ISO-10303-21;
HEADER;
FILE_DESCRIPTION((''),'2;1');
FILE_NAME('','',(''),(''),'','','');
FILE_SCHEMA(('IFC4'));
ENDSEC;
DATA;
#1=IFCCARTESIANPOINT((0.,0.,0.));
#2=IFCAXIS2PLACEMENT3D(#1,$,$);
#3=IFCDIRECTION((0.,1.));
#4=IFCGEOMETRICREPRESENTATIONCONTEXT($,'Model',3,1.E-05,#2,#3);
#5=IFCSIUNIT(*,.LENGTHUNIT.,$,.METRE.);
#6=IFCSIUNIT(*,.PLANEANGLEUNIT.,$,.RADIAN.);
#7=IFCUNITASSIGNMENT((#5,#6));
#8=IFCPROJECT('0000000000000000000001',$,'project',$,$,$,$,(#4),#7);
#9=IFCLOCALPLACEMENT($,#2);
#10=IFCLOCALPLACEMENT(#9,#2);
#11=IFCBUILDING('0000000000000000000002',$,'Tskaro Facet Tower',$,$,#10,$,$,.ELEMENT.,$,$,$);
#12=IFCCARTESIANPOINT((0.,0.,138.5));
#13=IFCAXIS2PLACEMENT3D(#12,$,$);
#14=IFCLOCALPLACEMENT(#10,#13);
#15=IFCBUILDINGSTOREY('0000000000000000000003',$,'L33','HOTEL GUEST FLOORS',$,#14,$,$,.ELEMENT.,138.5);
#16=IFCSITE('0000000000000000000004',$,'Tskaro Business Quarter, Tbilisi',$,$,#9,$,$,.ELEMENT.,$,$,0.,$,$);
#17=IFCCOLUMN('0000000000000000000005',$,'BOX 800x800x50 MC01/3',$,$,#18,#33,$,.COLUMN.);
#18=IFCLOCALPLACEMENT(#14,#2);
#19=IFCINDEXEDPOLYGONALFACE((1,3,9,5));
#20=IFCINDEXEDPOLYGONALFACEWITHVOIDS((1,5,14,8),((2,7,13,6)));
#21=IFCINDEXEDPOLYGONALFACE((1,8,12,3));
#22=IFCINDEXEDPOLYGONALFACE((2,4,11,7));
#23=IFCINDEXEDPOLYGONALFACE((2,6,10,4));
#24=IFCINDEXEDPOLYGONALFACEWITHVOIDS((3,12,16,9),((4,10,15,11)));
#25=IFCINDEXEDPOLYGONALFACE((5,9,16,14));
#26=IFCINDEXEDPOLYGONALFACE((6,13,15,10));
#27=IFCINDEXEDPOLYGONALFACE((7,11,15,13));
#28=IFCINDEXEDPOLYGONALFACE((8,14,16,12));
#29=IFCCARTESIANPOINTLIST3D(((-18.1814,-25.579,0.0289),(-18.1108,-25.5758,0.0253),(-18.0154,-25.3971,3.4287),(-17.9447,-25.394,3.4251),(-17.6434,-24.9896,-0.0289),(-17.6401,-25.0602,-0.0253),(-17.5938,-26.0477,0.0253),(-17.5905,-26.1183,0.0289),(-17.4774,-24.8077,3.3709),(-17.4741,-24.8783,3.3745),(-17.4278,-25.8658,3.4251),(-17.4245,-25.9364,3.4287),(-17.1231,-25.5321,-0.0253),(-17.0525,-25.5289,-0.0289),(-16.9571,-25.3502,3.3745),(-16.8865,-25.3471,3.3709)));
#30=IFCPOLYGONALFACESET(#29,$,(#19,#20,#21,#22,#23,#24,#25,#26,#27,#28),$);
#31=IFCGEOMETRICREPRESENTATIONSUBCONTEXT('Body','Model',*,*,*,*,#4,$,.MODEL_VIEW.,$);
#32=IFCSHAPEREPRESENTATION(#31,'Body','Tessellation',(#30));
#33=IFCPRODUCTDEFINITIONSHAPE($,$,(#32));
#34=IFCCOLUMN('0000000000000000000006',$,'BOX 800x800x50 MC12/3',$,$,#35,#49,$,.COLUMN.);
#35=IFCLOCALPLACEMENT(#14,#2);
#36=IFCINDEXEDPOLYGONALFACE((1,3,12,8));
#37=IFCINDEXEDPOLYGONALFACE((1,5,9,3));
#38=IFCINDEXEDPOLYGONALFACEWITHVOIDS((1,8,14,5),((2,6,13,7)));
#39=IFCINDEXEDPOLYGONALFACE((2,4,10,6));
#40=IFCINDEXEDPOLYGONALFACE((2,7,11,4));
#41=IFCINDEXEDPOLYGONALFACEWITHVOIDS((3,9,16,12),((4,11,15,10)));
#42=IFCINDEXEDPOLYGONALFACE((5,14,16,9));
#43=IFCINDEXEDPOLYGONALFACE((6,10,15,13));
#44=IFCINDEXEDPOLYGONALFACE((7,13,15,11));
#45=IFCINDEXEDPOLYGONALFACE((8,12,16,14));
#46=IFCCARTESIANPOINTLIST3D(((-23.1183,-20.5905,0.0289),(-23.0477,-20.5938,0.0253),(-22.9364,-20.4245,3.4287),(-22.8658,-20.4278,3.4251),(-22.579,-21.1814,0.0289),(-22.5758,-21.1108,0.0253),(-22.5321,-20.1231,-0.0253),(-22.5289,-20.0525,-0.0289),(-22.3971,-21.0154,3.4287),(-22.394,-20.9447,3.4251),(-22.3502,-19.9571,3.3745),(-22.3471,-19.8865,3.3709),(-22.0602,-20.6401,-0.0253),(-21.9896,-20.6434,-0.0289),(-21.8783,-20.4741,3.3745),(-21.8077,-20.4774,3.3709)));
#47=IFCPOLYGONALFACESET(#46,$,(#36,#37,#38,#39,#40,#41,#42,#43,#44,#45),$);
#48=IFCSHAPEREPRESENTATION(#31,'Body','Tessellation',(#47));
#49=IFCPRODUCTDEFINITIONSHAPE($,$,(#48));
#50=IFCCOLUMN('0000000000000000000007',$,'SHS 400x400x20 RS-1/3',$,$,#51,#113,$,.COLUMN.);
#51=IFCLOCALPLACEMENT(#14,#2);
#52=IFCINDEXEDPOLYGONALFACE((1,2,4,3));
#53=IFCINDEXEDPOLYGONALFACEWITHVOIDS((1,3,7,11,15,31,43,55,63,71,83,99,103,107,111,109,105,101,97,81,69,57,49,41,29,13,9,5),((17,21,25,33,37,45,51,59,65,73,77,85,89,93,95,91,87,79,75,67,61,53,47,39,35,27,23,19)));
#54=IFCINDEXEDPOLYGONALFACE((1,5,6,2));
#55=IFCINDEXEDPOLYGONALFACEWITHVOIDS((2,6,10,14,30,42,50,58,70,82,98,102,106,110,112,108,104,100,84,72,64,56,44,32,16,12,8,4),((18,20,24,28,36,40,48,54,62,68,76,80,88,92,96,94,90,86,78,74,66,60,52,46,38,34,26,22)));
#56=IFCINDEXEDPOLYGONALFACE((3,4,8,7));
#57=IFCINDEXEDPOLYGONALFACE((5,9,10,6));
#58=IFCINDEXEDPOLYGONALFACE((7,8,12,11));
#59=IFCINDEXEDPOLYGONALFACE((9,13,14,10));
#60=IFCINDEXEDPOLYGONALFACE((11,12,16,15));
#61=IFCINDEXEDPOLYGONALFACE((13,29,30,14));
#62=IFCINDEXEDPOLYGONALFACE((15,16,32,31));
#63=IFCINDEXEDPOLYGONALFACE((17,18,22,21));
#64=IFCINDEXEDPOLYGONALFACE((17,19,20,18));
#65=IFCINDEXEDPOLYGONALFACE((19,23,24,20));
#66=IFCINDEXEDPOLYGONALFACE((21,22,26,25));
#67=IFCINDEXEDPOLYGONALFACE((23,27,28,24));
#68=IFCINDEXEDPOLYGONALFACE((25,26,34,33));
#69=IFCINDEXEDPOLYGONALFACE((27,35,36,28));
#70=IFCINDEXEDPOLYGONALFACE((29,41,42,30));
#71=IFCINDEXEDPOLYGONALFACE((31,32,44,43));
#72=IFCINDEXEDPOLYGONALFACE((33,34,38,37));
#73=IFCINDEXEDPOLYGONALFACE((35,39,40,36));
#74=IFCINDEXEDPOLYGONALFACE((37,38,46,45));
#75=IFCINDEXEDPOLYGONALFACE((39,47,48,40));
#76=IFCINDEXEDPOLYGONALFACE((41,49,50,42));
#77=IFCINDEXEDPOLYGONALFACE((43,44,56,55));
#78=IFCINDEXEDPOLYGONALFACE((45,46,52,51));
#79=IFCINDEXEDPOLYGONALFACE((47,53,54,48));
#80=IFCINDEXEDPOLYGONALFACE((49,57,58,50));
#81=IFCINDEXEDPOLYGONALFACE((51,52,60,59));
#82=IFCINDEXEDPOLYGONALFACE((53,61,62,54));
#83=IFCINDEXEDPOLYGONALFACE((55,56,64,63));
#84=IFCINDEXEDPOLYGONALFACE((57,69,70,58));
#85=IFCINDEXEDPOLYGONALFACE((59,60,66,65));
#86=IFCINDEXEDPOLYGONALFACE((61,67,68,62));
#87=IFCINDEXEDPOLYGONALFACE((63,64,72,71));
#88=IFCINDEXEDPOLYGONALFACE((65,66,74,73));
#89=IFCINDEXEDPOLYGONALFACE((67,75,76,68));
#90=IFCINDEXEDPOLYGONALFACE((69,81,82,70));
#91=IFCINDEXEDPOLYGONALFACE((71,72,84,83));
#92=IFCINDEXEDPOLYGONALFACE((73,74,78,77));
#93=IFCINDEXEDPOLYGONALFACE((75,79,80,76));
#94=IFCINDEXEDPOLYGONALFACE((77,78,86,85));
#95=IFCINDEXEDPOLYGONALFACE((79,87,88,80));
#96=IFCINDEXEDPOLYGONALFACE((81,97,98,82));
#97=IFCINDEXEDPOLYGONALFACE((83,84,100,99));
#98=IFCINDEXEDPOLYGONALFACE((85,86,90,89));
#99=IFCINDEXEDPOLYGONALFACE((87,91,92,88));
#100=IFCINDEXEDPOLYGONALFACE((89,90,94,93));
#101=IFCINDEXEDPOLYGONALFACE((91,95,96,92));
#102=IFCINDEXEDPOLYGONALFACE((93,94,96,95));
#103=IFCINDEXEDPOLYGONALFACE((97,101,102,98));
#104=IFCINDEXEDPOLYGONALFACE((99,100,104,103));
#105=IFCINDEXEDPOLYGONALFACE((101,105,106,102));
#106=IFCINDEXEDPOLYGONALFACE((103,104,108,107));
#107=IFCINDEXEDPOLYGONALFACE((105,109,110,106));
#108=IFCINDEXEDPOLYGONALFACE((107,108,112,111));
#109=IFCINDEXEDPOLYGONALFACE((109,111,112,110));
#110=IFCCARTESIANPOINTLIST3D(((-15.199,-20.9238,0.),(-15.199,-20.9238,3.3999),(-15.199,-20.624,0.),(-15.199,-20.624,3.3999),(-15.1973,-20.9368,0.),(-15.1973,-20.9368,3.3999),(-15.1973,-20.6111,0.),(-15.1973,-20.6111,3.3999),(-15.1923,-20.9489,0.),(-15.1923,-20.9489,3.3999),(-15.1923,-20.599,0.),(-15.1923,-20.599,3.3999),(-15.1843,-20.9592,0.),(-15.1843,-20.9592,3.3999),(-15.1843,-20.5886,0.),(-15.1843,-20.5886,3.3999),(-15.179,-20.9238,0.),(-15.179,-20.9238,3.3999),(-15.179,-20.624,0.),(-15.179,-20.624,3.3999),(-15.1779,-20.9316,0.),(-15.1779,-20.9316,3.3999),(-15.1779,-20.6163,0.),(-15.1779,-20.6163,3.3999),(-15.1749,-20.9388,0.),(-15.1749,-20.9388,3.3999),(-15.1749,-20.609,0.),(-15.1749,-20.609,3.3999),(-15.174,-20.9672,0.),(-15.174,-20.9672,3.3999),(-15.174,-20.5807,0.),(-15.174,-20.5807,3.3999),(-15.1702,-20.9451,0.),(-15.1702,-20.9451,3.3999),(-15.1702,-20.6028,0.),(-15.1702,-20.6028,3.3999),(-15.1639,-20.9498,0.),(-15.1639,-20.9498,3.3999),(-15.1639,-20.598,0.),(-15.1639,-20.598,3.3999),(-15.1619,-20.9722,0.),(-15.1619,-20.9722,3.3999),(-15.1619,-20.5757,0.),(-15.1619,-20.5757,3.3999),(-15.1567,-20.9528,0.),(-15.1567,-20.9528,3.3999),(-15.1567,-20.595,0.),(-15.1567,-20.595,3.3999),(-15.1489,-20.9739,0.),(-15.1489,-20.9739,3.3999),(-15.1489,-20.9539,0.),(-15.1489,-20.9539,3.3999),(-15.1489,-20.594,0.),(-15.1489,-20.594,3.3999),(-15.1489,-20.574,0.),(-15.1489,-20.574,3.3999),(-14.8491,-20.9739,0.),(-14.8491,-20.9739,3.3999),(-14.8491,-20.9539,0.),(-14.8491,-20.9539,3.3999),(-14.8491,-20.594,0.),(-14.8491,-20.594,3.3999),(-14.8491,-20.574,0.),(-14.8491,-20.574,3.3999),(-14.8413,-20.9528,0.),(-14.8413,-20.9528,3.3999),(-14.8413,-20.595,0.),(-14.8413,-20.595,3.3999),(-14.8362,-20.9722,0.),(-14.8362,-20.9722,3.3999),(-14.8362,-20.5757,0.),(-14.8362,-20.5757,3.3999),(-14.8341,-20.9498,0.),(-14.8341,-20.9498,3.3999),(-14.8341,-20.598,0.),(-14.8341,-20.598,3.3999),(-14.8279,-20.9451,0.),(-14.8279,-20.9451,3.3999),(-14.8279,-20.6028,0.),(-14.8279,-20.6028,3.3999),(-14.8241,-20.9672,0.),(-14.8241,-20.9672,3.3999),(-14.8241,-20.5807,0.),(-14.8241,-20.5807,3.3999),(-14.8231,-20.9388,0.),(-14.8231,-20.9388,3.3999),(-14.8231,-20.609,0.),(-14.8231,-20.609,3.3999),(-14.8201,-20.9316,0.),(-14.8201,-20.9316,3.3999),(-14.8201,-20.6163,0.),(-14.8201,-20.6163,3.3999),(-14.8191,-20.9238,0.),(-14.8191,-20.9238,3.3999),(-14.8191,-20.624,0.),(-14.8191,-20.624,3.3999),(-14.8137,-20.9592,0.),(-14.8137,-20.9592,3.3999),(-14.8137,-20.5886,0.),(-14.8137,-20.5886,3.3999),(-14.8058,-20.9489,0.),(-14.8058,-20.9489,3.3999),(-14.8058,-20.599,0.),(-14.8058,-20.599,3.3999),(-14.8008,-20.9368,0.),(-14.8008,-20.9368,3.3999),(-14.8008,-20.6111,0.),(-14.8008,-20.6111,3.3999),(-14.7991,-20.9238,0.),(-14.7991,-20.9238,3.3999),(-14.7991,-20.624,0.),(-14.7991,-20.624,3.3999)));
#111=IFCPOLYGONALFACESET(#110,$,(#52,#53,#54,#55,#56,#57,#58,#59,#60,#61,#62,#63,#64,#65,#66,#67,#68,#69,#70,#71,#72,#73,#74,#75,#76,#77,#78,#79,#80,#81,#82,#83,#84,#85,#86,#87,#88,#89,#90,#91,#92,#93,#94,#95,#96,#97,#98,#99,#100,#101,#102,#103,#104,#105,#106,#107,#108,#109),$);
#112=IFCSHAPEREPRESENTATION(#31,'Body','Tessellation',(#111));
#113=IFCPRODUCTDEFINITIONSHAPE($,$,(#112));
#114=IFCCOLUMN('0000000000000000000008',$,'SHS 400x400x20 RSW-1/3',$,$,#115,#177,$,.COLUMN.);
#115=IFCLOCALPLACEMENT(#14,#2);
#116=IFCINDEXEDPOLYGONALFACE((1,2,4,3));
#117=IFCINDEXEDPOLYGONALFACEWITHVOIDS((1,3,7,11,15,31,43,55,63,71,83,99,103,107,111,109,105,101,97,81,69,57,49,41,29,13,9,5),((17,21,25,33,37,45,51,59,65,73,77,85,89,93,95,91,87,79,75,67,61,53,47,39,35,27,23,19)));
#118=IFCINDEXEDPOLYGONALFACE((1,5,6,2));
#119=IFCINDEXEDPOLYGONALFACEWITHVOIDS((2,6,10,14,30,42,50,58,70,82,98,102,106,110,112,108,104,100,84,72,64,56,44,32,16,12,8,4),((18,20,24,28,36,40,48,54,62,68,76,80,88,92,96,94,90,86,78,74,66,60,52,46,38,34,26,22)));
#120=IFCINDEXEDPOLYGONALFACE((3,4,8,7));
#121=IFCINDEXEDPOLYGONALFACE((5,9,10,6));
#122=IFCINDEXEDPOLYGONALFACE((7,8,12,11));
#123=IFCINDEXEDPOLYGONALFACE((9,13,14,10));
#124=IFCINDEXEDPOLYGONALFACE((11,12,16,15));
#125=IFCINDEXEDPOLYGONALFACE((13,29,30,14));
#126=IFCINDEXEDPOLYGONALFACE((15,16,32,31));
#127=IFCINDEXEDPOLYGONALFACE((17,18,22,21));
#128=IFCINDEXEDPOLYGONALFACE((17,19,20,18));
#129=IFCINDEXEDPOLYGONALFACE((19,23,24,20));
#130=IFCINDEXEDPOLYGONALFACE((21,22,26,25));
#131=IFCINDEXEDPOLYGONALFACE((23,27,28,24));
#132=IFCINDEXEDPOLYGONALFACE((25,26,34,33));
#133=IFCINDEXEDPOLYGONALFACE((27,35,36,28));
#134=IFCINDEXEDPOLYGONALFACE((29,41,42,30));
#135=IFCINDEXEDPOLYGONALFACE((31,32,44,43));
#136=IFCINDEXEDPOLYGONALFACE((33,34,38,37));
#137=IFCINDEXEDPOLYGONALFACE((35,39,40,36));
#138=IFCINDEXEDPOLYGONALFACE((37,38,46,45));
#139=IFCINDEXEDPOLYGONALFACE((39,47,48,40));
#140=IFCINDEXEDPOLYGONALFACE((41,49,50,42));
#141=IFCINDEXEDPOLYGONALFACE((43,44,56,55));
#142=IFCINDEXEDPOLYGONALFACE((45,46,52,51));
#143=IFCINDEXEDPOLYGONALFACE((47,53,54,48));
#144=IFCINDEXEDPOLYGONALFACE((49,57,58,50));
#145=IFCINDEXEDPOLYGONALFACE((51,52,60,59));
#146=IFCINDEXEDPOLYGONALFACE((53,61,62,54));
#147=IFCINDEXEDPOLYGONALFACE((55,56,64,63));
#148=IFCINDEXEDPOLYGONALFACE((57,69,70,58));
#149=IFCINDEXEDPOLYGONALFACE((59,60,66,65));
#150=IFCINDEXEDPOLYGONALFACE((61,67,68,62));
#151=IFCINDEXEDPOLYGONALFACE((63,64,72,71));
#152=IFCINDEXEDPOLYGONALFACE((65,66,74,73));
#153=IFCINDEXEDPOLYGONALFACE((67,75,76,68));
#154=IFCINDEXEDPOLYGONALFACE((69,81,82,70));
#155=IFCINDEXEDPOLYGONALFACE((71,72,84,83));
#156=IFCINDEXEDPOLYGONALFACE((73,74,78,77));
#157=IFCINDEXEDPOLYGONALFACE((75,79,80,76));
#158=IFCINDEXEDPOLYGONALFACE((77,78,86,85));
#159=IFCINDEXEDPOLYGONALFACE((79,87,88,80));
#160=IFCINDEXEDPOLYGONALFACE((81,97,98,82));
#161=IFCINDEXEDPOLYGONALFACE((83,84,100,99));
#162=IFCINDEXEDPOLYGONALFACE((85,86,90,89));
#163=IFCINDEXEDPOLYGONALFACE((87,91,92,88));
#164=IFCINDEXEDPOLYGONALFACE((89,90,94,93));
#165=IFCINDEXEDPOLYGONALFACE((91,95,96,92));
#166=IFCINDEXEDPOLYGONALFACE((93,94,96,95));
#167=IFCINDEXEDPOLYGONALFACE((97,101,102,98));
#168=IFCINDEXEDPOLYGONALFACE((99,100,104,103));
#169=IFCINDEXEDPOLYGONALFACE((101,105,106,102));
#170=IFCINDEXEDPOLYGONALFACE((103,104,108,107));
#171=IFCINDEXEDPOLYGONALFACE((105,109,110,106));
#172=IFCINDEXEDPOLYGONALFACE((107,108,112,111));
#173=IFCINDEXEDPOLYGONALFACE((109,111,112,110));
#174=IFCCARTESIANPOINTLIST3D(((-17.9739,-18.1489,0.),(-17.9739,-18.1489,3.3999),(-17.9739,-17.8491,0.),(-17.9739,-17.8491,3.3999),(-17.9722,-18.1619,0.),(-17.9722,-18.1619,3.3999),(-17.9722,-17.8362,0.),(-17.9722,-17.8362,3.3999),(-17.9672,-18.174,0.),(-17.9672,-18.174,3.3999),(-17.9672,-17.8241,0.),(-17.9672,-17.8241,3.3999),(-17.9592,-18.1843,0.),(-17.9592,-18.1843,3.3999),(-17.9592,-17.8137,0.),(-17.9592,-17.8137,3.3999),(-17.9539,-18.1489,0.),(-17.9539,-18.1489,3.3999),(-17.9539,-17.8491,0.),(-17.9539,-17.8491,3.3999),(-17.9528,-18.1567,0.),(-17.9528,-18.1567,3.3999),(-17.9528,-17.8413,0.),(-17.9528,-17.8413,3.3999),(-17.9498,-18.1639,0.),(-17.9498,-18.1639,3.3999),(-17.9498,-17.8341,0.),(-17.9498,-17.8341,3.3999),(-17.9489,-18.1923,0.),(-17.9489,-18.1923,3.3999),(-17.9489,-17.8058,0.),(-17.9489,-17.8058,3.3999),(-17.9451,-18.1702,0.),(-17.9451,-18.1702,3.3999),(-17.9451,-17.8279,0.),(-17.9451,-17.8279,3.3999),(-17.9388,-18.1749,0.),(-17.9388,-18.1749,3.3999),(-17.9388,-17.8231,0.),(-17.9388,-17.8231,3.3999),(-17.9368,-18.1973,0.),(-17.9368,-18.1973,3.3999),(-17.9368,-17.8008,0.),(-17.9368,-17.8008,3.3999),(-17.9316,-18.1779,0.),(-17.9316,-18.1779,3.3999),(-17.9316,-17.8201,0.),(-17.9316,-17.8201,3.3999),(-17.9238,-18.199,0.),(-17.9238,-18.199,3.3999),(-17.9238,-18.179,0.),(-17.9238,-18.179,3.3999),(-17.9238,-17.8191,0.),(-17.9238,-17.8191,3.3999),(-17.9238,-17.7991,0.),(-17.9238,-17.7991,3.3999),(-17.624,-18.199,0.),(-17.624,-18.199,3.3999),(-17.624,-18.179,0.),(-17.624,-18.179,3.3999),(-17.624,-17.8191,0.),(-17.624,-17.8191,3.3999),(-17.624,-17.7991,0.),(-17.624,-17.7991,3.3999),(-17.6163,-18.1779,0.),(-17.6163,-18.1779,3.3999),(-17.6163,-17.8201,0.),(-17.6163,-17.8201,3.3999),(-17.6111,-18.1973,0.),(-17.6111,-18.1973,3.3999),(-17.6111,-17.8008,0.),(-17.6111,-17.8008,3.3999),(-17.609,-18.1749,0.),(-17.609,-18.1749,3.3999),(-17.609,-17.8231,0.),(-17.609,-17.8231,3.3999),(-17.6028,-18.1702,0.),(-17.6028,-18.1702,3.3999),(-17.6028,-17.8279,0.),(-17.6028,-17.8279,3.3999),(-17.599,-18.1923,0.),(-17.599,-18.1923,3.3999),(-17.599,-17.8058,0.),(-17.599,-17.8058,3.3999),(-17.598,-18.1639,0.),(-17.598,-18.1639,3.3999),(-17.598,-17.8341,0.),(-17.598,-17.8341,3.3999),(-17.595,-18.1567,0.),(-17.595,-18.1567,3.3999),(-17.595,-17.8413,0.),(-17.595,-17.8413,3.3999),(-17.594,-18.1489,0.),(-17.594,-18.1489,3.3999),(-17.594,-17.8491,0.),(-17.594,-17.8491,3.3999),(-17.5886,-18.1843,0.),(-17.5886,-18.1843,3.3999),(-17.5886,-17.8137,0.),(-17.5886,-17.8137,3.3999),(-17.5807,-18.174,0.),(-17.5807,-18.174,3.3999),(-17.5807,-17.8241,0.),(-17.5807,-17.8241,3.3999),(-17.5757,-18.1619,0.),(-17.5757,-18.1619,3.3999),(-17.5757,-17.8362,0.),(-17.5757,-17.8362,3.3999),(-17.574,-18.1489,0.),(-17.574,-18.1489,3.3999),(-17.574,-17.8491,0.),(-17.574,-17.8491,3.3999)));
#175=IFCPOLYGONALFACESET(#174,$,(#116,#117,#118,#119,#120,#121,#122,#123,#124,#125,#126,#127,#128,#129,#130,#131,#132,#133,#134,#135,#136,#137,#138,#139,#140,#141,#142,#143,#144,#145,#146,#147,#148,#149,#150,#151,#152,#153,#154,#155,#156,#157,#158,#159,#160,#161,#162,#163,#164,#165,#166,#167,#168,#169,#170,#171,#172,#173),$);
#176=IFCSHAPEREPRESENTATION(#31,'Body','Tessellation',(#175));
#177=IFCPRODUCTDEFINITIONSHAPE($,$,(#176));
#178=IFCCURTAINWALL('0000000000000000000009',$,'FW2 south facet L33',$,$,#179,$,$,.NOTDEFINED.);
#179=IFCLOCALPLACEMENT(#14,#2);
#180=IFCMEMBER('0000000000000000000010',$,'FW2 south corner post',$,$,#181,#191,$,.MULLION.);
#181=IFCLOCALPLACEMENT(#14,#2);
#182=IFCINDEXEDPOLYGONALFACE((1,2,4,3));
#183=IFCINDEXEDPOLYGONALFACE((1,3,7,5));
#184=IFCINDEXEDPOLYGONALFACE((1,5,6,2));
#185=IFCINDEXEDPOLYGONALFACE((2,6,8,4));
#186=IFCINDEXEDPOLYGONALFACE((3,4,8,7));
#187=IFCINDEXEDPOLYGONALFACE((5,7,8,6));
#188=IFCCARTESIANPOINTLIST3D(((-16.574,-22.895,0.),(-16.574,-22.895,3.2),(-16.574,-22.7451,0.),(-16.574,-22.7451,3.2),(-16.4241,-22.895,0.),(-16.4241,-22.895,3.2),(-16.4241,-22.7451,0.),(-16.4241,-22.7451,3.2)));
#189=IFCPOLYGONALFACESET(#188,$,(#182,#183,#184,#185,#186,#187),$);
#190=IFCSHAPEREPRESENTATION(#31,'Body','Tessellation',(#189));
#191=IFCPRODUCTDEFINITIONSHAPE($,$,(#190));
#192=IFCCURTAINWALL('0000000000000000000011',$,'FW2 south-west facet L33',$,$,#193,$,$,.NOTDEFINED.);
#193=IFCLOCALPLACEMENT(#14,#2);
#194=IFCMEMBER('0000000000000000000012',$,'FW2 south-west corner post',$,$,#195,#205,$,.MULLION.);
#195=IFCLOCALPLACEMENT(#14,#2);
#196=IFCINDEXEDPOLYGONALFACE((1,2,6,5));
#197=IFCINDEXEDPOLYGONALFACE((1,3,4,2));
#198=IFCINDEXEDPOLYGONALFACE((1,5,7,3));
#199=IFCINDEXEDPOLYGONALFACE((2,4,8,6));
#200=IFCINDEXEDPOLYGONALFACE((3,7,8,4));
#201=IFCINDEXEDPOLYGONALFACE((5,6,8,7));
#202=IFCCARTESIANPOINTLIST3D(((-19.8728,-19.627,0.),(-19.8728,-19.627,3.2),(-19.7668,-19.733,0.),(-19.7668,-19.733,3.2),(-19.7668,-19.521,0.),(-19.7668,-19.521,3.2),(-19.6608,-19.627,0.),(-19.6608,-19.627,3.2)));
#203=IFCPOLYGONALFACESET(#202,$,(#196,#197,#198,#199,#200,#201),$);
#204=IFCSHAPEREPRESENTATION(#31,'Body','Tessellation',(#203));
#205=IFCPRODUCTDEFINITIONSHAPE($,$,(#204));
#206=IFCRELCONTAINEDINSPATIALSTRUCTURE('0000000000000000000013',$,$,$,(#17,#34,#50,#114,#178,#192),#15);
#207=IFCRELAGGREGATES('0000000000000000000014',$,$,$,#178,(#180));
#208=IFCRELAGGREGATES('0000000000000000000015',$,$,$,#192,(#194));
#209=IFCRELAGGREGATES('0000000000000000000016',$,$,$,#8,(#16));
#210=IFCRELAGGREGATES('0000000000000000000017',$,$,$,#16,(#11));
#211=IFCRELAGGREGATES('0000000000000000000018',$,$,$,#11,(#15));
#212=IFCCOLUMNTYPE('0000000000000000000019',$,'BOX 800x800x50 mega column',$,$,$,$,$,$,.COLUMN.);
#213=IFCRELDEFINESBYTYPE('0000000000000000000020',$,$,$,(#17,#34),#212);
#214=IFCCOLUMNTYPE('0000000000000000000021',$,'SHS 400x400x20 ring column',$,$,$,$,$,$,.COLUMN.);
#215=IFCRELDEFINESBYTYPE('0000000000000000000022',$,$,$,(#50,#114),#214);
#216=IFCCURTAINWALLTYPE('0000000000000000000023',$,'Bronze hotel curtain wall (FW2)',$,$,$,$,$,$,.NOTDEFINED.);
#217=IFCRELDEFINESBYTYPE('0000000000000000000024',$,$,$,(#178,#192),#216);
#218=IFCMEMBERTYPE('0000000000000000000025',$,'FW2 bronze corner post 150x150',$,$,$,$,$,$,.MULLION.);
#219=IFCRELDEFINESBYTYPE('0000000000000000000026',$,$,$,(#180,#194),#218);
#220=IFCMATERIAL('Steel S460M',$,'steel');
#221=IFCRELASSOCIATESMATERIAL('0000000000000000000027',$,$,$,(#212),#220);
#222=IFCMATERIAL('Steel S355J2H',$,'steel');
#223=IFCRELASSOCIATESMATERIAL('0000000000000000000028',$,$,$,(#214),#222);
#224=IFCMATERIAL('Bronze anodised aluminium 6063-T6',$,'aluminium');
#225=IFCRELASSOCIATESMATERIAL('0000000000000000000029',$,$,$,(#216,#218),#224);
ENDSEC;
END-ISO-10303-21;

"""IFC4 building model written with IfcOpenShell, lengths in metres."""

from ifc_helpers import new_model, si_unit, direction, frame, origin, origin_2d, place, context, subcontext, project, spatial, rectangle, hollow_rectangle, extrude, material, material_profile, profile_set, type_object, element, aggregate, save


model = new_model("IFC4")

# Units and contexts
model_context = context("Model", 3, precision=1e-05, world=origin(), true_north=direction((0.0, 1.0)))
body_context = subcontext(model_context, "Body", "Model", "MODEL_VIEW")
ifc_project = project(units=[si_unit("LENGTHUNIT", "METRE"), si_unit("PLANEANGLEUNIT", "RADIAN")], contexts=[model_context])

# Site, building, storey
site_placement = place(None, origin())
site = spatial("IfcSite", under=ifc_project, at=site_placement, Name="Tskaro Business Quarter, Tbilisi", CompositionType="ELEMENT", RefElevation=0.0)
building_placement = place(site_placement, origin())
building = spatial("IfcBuilding", under=site, at=building_placement, Name="Tskaro Facet Tower", CompositionType="ELEMENT")
storey_placement = place(building_placement, frame((0.0, 0.0, 138.5)))
storey = spatial("IfcBuildingStorey", under=building, at=storey_placement, Name="L33", Description="HOTEL GUEST FLOORS", CompositionType="ELEMENT", Elevation=138.5)

# Columns
ifc_material_1 = material(Name="Steel S460M", Category="steel")
ifc_material_profile_1 = material_profile(ifc_material_1, hollow_rectangle(XDim=0.8, YDim=0.8, WallThickness=0.05, at=origin_2d()), Name="BOX 800x800x50")
ifc_profile_set_1 = profile_set([ifc_material_profile_1], Name="Steel S460M")
column_type_1 = type_object("IfcColumnType", Name="BOX 800x800x50 mega column", PredefinedType="COLUMN", material=ifc_profile_set_1)
for number, where, z_axis, x_axis, name in (
    (1, (-17.6169, -25.554, 0.0), (0.048702, 0.053357, 0.997387), (-0.738593, 0.674152, 0.0), "BOX 800x800x50 MC01/3"),
    (2, (-22.554, -20.6169, 0.0), (0.053357, 0.048702, 0.997387), (-0.674152, 0.738593, 0.0), "BOX 800x800x50 MC12/3"),
):
    element("IfcColumn", number, at=place(storey_placement, frame(where, z_axis=z_axis, x_axis=x_axis)), inside=storey, type_object=column_type_1, Name=name, PredefinedType="COLUMN", context=body_context, shape_type="SweptSolid", body=[
        extrude(hollow_rectangle(XDim=0.8, YDim=0.8, WallThickness=0.05, at=origin_2d()), origin(), (0.0, 0.0, 1.0), 3.4087),
    ])
ifc_material_2 = material(Name="Steel S355J2H", Category="steel")
ifc_material_profile_2 = material_profile(ifc_material_2, hollow_rectangle(XDim=0.3999, YDim=0.3999, WallThickness=0.02, InnerFilletRadius=0.03, OuterFilletRadius=0.05, at=origin_2d()), Name="SHS 400x400x20")
ifc_profile_set_2 = profile_set([ifc_material_profile_2], Name="Steel S355J2H")
column_type_2 = type_object("IfcColumnType", Name="SHS 400x400x20 ring column", PredefinedType="COLUMN", material=ifc_profile_set_2)
for number, where, z_axis, x_axis, name in (
    (3, (-14.999, -20.7739, 0.0), (0.0, 0.0, 1.0), (1.0, 0.0, 0.0), "SHS 400x400x20 RS-1/3"),
    (4, (-17.7739, -17.999, 0.0), (0.0, 0.0, 1.0), (1.0, 0.0, 0.0), "SHS 400x400x20 RSW-1/3"),
):
    element("IfcColumn", number, at=place(storey_placement, frame(where, z_axis=z_axis, x_axis=x_axis)), inside=storey, type_object=column_type_2, Name=name, PredefinedType="COLUMN", context=body_context, shape_type="SweptSolid", body=[
        extrude(hollow_rectangle(XDim=0.3999, YDim=0.3999, WallThickness=0.02, InnerFilletRadius=0.03, OuterFilletRadius=0.05, at=origin_2d()), origin(), (0.0, 0.0, 1.0), 3.3999),
    ])

# Curtain walls, members
ifc_material_3 = material(Name="Bronze anodised aluminium 6063-T6", Category="aluminium")
curtain_wall_type = type_object("IfcCurtainWallType", Name="Bronze hotel curtain wall (FW2)", PredefinedType="NOTDEFINED", material=ifc_material_3)
curtain_wall_1_placement = place(storey_placement, origin())
curtain_wall_1 = element("IfcCurtainWall", 5, at=curtain_wall_1_placement, inside=storey, type_object=curtain_wall_type, Name="FW2 south facet L33", PredefinedType="NOTDEFINED")
ifc_material_profile_3 = material_profile(ifc_material_3, rectangle(XDim=0.1499, YDim=0.1499, at=origin_2d()), Name="Corner post 150x150")
ifc_profile_set_3 = profile_set([ifc_material_profile_3], Name="Bronze anodised aluminium 6063-T6")
member_type_1 = type_object("IfcMemberType", Name="FW2 bronze corner post 150x150", PredefinedType="MULLION", material=ifc_profile_set_3)
member_1_placement = place(storey_placement, frame((-16.499, -22.8201, 0.0), z_axis=(0.0, 0.0, 1.0), x_axis=(1.0, 0.0, 0.0)))
member_1 = element("IfcMember", 6, at=member_1_placement, type_object=member_type_1, Name="FW2 south corner post", PredefinedType="MULLION", context=body_context, shape_type="SweptSolid", body=[
    extrude(rectangle(XDim=0.1499, YDim=0.1499, at=origin_2d()), origin(), (0.0, 0.0, 1.0), 3.2),
])
curtain_wall_2_placement = place(storey_placement, origin())
curtain_wall_2 = element("IfcCurtainWall", 7, at=curtain_wall_2_placement, inside=storey, type_object=curtain_wall_type, Name="FW2 south-west facet L33", PredefinedType="NOTDEFINED")
member_2_placement = place(storey_placement, frame((-19.7668, -19.627, 0.0), z_axis=(0.0, 0.0, 1.0), x_axis=(0.707107, -0.707107, 0.0)))
member_2 = element("IfcMember", 8, at=member_2_placement, type_object=member_type_1, Name="FW2 south-west corner post", PredefinedType="MULLION", context=body_context, shape_type="SweptSolid", body=[
    extrude(rectangle(XDim=0.1499, YDim=0.1499, at=origin_2d()), origin(), (0.0, 0.0, 1.0), 3.2),
])

aggregate(curtain_wall_1, [member_1])

aggregate(curtain_wall_2, [member_2])

save(model, "model.ifc")
